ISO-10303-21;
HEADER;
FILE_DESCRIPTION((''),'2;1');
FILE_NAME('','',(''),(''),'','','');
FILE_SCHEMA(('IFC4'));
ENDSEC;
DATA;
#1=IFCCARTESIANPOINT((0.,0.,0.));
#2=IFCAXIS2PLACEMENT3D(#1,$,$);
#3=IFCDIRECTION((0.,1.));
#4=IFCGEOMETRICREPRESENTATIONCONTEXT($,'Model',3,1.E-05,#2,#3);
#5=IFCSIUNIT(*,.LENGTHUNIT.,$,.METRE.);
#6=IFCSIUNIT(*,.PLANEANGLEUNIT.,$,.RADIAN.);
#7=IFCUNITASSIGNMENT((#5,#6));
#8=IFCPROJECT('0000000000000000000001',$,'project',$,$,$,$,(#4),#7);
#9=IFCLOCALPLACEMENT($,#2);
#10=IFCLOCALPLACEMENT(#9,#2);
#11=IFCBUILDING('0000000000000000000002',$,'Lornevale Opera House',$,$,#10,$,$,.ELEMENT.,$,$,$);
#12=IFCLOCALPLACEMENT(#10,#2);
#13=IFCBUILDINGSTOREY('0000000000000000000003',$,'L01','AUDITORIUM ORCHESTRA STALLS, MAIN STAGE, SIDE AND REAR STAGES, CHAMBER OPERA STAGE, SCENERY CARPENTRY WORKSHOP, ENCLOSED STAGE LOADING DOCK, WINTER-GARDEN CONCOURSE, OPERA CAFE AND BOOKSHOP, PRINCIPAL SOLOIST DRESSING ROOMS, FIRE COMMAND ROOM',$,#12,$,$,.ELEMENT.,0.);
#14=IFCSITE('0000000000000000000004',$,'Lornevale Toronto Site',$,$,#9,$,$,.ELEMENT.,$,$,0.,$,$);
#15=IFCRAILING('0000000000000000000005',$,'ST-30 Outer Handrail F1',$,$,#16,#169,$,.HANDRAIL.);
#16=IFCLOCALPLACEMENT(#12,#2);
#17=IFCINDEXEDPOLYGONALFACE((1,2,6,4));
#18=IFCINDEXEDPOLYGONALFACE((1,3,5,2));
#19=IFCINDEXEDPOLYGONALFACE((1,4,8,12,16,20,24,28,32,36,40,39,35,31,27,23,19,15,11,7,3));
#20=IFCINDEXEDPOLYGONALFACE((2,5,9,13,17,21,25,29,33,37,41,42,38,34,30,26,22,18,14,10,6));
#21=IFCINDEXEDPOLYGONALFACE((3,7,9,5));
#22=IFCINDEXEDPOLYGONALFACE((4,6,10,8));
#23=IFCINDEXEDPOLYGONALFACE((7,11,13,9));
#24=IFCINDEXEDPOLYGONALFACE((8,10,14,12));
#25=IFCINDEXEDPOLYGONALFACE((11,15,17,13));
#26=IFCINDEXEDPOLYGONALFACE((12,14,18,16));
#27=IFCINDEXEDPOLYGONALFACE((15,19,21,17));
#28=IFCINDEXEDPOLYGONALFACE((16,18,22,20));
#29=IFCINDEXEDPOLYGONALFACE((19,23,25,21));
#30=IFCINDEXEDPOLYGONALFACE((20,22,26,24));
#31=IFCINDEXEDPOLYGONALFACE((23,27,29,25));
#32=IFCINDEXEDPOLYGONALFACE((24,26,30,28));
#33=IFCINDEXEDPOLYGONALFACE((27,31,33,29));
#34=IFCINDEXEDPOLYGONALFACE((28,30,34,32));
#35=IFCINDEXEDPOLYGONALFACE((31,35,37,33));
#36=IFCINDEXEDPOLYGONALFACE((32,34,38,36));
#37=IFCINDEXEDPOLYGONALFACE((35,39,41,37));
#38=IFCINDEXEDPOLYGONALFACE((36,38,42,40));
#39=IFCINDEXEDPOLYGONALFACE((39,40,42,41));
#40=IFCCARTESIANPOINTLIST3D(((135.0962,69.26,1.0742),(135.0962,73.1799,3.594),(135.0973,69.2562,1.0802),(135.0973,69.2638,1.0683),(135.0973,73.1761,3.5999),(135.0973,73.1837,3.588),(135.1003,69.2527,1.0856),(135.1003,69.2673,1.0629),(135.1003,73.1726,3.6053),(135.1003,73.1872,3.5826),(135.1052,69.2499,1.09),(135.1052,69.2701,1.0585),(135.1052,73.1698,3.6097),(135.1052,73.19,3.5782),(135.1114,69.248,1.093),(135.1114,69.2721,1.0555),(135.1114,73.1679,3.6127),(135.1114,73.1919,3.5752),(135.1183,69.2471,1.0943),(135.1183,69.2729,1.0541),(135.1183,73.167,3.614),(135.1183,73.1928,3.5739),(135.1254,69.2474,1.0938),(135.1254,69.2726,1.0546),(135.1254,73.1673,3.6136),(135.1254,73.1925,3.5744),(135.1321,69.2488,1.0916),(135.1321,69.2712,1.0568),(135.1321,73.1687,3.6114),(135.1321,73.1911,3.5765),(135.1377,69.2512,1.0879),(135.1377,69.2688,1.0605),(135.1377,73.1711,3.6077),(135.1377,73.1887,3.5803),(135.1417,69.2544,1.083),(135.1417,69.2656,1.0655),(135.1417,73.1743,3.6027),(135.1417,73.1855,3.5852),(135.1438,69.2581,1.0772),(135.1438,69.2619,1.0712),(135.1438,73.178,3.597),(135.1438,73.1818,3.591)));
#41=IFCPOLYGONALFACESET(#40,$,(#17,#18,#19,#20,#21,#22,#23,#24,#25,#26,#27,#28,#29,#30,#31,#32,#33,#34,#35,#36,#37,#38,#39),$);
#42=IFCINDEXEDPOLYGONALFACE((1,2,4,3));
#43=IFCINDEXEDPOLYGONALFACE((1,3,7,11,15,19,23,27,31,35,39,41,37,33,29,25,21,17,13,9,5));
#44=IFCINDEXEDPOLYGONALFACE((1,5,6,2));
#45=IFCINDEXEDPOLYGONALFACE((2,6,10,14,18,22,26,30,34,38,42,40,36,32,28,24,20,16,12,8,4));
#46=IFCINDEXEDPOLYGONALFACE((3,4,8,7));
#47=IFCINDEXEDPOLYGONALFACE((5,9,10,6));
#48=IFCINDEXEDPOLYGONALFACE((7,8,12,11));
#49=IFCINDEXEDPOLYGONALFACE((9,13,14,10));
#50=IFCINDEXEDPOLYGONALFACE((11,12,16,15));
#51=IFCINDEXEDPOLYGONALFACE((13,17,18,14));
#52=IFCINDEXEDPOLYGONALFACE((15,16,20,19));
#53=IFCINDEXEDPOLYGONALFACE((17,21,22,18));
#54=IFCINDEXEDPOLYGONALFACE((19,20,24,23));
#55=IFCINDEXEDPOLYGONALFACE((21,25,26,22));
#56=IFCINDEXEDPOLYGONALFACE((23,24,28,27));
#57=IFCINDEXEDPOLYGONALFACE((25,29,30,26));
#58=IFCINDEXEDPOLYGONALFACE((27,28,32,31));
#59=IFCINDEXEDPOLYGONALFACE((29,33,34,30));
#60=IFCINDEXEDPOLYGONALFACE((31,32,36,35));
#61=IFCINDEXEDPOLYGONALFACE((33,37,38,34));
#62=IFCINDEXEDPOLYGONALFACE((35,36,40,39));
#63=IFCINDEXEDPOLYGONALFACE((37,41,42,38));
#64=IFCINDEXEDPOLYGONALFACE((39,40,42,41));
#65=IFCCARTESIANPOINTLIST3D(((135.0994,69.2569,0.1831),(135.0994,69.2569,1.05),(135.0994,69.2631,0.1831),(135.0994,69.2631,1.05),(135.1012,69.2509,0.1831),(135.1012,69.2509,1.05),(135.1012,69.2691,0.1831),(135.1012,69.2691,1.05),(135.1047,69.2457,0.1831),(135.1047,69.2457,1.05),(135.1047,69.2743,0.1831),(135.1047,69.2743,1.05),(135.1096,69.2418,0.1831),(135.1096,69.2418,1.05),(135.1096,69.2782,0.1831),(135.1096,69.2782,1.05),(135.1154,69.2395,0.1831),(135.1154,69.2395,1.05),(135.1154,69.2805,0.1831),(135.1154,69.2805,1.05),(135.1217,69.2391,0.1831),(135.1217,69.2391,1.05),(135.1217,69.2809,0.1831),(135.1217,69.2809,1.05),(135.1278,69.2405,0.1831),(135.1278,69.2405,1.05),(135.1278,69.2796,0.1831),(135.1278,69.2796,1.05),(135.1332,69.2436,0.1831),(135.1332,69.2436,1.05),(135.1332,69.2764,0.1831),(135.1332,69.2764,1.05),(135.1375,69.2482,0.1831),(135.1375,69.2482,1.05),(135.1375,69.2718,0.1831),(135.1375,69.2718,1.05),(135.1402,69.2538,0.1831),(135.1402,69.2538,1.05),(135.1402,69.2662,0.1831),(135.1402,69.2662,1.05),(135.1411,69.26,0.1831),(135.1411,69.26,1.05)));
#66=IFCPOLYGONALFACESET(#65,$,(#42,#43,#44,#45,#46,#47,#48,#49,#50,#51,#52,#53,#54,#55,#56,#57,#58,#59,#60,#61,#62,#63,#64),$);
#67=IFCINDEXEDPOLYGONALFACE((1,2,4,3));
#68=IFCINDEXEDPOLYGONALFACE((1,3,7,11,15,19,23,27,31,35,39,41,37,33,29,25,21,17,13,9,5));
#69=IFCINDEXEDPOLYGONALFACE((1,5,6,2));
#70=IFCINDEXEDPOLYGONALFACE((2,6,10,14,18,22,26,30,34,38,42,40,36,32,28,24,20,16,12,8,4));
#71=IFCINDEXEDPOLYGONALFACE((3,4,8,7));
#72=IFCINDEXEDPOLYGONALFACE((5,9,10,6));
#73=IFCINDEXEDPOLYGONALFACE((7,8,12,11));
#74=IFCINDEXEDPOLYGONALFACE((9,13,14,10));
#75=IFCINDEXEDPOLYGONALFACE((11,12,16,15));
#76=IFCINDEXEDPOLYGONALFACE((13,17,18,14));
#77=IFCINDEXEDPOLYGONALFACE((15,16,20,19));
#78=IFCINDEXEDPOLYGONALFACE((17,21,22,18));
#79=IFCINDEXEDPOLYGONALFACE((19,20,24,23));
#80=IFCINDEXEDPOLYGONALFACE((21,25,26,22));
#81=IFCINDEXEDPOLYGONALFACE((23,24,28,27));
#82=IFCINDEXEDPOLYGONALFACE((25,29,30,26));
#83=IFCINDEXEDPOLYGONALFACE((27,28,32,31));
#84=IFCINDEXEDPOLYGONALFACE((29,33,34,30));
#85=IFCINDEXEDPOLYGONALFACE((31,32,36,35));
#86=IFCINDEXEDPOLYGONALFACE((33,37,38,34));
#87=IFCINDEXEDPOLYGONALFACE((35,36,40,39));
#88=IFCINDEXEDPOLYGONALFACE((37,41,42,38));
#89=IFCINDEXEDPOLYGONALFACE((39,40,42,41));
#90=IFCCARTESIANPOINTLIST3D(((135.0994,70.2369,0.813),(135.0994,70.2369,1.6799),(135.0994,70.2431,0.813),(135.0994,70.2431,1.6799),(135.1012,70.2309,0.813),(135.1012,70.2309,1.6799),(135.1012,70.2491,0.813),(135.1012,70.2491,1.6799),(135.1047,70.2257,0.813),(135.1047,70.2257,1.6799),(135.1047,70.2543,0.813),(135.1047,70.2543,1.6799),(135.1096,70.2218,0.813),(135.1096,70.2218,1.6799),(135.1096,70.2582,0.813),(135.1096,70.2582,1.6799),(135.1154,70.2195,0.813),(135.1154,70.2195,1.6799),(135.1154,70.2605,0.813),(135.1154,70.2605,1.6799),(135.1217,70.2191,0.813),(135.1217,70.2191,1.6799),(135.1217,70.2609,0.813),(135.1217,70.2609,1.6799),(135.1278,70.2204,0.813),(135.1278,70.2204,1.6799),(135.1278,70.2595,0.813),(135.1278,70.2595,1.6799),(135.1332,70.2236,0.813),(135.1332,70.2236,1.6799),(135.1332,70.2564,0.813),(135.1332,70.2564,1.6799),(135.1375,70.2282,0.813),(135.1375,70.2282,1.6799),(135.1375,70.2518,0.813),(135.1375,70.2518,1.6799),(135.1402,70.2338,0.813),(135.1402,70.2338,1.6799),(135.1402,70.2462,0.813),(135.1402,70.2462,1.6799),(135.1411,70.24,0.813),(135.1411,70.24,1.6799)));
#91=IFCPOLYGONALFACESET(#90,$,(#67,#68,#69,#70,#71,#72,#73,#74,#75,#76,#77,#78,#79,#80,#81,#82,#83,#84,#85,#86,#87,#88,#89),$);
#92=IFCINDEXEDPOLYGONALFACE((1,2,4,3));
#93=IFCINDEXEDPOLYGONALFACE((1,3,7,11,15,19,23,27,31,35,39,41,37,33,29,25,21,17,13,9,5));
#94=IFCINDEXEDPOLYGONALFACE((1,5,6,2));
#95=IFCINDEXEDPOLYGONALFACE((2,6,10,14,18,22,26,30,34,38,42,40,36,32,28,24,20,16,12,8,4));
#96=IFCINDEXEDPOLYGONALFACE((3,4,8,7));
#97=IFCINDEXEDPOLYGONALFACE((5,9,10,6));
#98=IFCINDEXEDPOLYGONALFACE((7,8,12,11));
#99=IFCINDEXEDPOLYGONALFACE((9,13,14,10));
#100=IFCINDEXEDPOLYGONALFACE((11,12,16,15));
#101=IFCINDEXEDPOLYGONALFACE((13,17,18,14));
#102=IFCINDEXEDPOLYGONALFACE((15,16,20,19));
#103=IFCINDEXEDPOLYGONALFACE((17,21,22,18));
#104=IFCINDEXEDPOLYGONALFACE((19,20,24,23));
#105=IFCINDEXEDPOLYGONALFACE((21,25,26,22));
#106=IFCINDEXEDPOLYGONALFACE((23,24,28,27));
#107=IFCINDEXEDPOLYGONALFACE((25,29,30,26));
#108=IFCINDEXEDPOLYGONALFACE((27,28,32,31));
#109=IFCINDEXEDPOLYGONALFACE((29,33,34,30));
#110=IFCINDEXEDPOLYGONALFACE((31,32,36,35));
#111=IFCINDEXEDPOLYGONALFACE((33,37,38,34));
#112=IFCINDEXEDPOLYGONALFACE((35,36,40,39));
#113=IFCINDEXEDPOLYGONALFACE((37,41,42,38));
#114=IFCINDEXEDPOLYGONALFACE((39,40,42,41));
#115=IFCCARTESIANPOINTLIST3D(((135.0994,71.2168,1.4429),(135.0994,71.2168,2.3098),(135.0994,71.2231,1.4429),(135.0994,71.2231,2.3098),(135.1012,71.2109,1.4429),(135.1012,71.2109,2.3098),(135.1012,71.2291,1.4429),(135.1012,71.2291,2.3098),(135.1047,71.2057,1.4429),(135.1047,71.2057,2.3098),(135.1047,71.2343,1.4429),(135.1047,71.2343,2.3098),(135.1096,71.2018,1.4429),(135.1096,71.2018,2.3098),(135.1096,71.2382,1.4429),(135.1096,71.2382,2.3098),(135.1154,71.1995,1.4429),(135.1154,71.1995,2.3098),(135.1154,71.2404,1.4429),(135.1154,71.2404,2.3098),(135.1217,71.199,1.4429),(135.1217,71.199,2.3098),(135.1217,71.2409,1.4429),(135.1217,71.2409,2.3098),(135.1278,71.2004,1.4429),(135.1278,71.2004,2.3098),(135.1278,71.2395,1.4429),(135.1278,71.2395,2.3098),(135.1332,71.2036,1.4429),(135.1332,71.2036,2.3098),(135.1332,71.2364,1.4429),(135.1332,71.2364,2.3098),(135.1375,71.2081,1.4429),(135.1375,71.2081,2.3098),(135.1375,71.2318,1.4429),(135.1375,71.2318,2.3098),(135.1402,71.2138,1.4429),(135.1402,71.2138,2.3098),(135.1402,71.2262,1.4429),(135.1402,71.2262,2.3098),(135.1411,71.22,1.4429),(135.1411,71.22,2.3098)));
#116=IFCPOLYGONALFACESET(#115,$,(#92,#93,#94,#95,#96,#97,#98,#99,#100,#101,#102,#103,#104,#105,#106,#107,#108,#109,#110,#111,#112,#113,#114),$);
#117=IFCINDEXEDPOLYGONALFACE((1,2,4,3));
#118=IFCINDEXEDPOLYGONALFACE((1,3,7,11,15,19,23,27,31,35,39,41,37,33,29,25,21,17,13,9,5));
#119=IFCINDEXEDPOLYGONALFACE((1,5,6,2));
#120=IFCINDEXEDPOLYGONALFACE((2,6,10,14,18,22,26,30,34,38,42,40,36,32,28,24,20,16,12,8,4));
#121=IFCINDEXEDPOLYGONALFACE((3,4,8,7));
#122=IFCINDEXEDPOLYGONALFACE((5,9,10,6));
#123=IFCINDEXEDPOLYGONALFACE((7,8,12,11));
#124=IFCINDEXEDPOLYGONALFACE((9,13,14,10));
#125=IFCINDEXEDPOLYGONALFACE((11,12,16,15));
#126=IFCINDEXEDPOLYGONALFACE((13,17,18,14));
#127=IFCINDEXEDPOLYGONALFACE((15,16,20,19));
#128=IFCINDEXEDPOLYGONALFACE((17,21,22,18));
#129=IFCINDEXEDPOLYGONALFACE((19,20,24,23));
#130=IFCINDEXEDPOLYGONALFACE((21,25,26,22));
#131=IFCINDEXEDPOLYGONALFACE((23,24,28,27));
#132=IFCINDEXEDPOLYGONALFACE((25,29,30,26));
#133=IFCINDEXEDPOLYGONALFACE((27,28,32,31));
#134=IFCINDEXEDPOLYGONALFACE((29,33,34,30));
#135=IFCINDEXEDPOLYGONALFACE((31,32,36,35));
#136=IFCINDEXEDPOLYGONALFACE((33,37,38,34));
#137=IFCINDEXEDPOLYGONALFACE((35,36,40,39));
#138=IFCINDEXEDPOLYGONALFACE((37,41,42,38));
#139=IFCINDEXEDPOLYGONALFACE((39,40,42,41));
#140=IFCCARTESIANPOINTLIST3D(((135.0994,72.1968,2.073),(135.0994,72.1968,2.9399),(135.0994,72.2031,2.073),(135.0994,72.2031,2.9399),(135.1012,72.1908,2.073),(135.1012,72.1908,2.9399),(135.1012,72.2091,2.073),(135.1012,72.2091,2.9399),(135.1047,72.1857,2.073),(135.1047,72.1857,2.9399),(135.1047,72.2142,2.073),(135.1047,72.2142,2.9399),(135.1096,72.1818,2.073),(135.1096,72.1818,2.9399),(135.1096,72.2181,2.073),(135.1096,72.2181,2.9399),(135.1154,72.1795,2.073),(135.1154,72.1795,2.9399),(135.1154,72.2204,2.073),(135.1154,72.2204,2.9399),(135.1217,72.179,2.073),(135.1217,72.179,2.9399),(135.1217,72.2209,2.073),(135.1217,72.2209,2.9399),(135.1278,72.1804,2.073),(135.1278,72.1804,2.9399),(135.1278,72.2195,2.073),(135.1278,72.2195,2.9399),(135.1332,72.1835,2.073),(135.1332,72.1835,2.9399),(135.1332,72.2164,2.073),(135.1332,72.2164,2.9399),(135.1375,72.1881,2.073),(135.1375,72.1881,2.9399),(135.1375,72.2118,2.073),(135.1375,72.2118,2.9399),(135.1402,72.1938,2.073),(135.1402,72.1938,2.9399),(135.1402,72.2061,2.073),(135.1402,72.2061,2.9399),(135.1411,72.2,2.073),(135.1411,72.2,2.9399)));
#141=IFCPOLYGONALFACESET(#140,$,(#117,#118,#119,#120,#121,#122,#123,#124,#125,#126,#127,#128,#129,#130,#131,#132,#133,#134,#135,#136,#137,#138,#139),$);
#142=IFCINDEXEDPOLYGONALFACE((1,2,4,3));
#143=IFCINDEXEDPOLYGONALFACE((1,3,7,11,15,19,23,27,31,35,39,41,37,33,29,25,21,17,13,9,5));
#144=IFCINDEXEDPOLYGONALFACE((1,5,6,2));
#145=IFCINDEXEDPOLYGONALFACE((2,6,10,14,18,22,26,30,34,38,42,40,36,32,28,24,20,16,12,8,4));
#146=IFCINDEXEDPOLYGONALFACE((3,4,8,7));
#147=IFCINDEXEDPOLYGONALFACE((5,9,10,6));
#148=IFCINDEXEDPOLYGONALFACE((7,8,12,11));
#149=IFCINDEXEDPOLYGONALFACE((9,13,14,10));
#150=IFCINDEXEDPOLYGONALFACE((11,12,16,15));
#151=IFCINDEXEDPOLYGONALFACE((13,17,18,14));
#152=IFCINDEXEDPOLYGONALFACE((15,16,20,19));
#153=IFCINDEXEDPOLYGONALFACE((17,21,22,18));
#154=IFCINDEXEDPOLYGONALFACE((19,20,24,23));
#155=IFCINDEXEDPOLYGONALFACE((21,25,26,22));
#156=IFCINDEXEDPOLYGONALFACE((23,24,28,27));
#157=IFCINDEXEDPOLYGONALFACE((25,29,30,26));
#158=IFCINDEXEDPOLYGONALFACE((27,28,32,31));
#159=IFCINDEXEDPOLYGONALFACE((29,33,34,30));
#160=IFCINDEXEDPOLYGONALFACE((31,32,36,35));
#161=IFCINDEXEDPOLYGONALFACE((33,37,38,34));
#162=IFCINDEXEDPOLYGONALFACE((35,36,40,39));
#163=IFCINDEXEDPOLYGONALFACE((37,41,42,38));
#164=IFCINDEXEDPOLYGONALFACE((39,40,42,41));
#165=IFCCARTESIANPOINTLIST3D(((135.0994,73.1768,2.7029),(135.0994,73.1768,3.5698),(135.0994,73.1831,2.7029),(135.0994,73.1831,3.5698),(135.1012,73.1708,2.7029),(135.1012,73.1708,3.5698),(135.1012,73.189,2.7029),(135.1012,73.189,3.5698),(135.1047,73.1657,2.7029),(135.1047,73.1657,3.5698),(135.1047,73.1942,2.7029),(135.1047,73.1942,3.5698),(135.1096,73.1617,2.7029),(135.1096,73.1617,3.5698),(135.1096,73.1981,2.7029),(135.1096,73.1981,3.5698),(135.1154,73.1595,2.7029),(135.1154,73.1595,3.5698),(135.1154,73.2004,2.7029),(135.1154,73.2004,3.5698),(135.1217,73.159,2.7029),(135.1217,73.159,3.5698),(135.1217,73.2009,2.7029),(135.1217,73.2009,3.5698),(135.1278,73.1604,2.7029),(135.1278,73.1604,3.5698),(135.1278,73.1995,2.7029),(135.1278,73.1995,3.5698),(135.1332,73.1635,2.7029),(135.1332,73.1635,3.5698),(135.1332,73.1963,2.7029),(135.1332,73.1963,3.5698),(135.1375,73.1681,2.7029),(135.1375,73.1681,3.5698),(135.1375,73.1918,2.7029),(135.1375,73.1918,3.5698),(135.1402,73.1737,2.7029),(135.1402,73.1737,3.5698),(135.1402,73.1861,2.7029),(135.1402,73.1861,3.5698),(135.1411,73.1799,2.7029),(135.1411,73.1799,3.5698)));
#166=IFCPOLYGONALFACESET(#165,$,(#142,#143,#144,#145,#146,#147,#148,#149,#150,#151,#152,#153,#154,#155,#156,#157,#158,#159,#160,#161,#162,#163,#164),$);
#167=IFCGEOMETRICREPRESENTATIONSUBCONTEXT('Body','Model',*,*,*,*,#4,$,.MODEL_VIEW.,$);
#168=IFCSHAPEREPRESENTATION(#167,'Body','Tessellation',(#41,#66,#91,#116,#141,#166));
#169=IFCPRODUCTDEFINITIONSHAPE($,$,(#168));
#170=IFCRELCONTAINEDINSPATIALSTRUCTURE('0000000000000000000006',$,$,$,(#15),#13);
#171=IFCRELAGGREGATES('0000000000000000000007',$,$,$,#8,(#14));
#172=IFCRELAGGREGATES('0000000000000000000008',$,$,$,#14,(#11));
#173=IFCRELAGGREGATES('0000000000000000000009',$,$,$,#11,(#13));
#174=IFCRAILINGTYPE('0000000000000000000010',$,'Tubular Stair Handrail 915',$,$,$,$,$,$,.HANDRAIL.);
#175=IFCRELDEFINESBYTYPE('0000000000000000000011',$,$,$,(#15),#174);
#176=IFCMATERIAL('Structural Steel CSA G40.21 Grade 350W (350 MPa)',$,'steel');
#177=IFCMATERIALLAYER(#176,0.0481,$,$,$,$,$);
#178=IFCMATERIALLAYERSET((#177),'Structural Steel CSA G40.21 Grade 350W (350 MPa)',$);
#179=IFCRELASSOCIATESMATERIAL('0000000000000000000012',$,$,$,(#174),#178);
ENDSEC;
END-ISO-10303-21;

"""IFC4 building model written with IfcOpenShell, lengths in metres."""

from ifc_helpers import new_model, si_unit, direction, frame, origin, origin_2d, place, context, subcontext, project, spatial, circle, extrude, material, layer, layer_set, type_object, element, save


model = new_model("IFC4")

# Units and contexts
model_context = context("Model", 3, precision=1e-05, world=origin(), true_north=direction((0.0, 1.0)))
body_context = subcontext(model_context, "Body", "Model", "MODEL_VIEW")
ifc_project = project(units=[si_unit("LENGTHUNIT", "METRE"), si_unit("PLANEANGLEUNIT", "RADIAN")], contexts=[model_context])

# Site, building, storey
site_placement = place(None, origin())
site = spatial("IfcSite", under=ifc_project, at=site_placement, Name="Lornevale Toronto Site", CompositionType="ELEMENT", RefElevation=0.0)
building_placement = place(site_placement, origin())
building = spatial("IfcBuilding", under=site, at=building_placement, Name="Lornevale Opera House", CompositionType="ELEMENT")
storey_placement = place(building_placement, origin())
storey = spatial("IfcBuildingStorey", under=building, at=storey_placement, Name="L01", Description="AUDITORIUM ORCHESTRA STALLS, MAIN STAGE, SIDE AND REAR STAGES, CHAMBER OPERA STAGE, SCENERY CARPENTRY WORKSHOP, ENCLOSED STAGE LOADING DOCK, WINTER-GARDEN CONCOURSE, OPERA CAFE AND BOOKSHOP, PRINCIPAL SOLOIST DRESSING ROOMS, FIRE COMMAND ROOM", CompositionType="ELEMENT", Elevation=0.0)

# Shared definitions
ifc_material_1 = material(Name="Structural Steel CSA G40.21 Grade 350W (350 MPa)", Category="steel")

# Railing
ifc_layer_1 = layer(ifc_material_1, 0.0481)
ifc_layer_set_1 = layer_set([ifc_layer_1], Name="Structural Steel CSA G40.21 Grade 350W (350 MPa)")
railing_type_1 = type_object("IfcRailingType", Name="Tubular Stair Handrail 915", PredefinedType="HANDRAIL", material=ifc_layer_set_1)
railing_1_placement = place(storey_placement, frame((135.1201, 69.26, 0.1831)))
element("IfcRailing", 1, at=railing_1_placement, inside=storey, type_object=railing_type_1, Name="ST-30 Outer Handrail F1", PredefinedType="HANDRAIL", context=body_context, shape_type="SweptSolid", body=[
    extrude(circle(Radius=0.0239, at=origin_2d()), frame((0.0, 0.0, 0.8911), z_axis=(0.0, 0.841195, 0.540731), x_axis=(-1.0, 0.0, 0.0)), (0.0, 0.0, 1.0), 4.6599),
    extrude(circle(Radius=0.021, at=origin_2d()), origin(), (0.0, 0.0, 1.0), 0.8669),
    extrude(circle(Radius=0.021, at=origin_2d()), frame((0.0, 0.98, 0.6299)), (0.0, 0.0, 1.0), 0.8669),
    extrude(circle(Radius=0.021, at=origin_2d()), frame((0.0, 1.96, 1.2598)), (0.0, 0.0, 1.0), 0.8669),
    extrude(circle(Radius=0.021, at=origin_2d()), frame((0.0, 2.9399, 1.8899)), (0.0, 0.0, 1.0), 0.8669),
    extrude(circle(Radius=0.021, at=origin_2d()), frame((0.0, 3.9199, 2.5198)), (0.0, 0.0, 1.0), 0.8669),
])

save(model, "model.ifc")
